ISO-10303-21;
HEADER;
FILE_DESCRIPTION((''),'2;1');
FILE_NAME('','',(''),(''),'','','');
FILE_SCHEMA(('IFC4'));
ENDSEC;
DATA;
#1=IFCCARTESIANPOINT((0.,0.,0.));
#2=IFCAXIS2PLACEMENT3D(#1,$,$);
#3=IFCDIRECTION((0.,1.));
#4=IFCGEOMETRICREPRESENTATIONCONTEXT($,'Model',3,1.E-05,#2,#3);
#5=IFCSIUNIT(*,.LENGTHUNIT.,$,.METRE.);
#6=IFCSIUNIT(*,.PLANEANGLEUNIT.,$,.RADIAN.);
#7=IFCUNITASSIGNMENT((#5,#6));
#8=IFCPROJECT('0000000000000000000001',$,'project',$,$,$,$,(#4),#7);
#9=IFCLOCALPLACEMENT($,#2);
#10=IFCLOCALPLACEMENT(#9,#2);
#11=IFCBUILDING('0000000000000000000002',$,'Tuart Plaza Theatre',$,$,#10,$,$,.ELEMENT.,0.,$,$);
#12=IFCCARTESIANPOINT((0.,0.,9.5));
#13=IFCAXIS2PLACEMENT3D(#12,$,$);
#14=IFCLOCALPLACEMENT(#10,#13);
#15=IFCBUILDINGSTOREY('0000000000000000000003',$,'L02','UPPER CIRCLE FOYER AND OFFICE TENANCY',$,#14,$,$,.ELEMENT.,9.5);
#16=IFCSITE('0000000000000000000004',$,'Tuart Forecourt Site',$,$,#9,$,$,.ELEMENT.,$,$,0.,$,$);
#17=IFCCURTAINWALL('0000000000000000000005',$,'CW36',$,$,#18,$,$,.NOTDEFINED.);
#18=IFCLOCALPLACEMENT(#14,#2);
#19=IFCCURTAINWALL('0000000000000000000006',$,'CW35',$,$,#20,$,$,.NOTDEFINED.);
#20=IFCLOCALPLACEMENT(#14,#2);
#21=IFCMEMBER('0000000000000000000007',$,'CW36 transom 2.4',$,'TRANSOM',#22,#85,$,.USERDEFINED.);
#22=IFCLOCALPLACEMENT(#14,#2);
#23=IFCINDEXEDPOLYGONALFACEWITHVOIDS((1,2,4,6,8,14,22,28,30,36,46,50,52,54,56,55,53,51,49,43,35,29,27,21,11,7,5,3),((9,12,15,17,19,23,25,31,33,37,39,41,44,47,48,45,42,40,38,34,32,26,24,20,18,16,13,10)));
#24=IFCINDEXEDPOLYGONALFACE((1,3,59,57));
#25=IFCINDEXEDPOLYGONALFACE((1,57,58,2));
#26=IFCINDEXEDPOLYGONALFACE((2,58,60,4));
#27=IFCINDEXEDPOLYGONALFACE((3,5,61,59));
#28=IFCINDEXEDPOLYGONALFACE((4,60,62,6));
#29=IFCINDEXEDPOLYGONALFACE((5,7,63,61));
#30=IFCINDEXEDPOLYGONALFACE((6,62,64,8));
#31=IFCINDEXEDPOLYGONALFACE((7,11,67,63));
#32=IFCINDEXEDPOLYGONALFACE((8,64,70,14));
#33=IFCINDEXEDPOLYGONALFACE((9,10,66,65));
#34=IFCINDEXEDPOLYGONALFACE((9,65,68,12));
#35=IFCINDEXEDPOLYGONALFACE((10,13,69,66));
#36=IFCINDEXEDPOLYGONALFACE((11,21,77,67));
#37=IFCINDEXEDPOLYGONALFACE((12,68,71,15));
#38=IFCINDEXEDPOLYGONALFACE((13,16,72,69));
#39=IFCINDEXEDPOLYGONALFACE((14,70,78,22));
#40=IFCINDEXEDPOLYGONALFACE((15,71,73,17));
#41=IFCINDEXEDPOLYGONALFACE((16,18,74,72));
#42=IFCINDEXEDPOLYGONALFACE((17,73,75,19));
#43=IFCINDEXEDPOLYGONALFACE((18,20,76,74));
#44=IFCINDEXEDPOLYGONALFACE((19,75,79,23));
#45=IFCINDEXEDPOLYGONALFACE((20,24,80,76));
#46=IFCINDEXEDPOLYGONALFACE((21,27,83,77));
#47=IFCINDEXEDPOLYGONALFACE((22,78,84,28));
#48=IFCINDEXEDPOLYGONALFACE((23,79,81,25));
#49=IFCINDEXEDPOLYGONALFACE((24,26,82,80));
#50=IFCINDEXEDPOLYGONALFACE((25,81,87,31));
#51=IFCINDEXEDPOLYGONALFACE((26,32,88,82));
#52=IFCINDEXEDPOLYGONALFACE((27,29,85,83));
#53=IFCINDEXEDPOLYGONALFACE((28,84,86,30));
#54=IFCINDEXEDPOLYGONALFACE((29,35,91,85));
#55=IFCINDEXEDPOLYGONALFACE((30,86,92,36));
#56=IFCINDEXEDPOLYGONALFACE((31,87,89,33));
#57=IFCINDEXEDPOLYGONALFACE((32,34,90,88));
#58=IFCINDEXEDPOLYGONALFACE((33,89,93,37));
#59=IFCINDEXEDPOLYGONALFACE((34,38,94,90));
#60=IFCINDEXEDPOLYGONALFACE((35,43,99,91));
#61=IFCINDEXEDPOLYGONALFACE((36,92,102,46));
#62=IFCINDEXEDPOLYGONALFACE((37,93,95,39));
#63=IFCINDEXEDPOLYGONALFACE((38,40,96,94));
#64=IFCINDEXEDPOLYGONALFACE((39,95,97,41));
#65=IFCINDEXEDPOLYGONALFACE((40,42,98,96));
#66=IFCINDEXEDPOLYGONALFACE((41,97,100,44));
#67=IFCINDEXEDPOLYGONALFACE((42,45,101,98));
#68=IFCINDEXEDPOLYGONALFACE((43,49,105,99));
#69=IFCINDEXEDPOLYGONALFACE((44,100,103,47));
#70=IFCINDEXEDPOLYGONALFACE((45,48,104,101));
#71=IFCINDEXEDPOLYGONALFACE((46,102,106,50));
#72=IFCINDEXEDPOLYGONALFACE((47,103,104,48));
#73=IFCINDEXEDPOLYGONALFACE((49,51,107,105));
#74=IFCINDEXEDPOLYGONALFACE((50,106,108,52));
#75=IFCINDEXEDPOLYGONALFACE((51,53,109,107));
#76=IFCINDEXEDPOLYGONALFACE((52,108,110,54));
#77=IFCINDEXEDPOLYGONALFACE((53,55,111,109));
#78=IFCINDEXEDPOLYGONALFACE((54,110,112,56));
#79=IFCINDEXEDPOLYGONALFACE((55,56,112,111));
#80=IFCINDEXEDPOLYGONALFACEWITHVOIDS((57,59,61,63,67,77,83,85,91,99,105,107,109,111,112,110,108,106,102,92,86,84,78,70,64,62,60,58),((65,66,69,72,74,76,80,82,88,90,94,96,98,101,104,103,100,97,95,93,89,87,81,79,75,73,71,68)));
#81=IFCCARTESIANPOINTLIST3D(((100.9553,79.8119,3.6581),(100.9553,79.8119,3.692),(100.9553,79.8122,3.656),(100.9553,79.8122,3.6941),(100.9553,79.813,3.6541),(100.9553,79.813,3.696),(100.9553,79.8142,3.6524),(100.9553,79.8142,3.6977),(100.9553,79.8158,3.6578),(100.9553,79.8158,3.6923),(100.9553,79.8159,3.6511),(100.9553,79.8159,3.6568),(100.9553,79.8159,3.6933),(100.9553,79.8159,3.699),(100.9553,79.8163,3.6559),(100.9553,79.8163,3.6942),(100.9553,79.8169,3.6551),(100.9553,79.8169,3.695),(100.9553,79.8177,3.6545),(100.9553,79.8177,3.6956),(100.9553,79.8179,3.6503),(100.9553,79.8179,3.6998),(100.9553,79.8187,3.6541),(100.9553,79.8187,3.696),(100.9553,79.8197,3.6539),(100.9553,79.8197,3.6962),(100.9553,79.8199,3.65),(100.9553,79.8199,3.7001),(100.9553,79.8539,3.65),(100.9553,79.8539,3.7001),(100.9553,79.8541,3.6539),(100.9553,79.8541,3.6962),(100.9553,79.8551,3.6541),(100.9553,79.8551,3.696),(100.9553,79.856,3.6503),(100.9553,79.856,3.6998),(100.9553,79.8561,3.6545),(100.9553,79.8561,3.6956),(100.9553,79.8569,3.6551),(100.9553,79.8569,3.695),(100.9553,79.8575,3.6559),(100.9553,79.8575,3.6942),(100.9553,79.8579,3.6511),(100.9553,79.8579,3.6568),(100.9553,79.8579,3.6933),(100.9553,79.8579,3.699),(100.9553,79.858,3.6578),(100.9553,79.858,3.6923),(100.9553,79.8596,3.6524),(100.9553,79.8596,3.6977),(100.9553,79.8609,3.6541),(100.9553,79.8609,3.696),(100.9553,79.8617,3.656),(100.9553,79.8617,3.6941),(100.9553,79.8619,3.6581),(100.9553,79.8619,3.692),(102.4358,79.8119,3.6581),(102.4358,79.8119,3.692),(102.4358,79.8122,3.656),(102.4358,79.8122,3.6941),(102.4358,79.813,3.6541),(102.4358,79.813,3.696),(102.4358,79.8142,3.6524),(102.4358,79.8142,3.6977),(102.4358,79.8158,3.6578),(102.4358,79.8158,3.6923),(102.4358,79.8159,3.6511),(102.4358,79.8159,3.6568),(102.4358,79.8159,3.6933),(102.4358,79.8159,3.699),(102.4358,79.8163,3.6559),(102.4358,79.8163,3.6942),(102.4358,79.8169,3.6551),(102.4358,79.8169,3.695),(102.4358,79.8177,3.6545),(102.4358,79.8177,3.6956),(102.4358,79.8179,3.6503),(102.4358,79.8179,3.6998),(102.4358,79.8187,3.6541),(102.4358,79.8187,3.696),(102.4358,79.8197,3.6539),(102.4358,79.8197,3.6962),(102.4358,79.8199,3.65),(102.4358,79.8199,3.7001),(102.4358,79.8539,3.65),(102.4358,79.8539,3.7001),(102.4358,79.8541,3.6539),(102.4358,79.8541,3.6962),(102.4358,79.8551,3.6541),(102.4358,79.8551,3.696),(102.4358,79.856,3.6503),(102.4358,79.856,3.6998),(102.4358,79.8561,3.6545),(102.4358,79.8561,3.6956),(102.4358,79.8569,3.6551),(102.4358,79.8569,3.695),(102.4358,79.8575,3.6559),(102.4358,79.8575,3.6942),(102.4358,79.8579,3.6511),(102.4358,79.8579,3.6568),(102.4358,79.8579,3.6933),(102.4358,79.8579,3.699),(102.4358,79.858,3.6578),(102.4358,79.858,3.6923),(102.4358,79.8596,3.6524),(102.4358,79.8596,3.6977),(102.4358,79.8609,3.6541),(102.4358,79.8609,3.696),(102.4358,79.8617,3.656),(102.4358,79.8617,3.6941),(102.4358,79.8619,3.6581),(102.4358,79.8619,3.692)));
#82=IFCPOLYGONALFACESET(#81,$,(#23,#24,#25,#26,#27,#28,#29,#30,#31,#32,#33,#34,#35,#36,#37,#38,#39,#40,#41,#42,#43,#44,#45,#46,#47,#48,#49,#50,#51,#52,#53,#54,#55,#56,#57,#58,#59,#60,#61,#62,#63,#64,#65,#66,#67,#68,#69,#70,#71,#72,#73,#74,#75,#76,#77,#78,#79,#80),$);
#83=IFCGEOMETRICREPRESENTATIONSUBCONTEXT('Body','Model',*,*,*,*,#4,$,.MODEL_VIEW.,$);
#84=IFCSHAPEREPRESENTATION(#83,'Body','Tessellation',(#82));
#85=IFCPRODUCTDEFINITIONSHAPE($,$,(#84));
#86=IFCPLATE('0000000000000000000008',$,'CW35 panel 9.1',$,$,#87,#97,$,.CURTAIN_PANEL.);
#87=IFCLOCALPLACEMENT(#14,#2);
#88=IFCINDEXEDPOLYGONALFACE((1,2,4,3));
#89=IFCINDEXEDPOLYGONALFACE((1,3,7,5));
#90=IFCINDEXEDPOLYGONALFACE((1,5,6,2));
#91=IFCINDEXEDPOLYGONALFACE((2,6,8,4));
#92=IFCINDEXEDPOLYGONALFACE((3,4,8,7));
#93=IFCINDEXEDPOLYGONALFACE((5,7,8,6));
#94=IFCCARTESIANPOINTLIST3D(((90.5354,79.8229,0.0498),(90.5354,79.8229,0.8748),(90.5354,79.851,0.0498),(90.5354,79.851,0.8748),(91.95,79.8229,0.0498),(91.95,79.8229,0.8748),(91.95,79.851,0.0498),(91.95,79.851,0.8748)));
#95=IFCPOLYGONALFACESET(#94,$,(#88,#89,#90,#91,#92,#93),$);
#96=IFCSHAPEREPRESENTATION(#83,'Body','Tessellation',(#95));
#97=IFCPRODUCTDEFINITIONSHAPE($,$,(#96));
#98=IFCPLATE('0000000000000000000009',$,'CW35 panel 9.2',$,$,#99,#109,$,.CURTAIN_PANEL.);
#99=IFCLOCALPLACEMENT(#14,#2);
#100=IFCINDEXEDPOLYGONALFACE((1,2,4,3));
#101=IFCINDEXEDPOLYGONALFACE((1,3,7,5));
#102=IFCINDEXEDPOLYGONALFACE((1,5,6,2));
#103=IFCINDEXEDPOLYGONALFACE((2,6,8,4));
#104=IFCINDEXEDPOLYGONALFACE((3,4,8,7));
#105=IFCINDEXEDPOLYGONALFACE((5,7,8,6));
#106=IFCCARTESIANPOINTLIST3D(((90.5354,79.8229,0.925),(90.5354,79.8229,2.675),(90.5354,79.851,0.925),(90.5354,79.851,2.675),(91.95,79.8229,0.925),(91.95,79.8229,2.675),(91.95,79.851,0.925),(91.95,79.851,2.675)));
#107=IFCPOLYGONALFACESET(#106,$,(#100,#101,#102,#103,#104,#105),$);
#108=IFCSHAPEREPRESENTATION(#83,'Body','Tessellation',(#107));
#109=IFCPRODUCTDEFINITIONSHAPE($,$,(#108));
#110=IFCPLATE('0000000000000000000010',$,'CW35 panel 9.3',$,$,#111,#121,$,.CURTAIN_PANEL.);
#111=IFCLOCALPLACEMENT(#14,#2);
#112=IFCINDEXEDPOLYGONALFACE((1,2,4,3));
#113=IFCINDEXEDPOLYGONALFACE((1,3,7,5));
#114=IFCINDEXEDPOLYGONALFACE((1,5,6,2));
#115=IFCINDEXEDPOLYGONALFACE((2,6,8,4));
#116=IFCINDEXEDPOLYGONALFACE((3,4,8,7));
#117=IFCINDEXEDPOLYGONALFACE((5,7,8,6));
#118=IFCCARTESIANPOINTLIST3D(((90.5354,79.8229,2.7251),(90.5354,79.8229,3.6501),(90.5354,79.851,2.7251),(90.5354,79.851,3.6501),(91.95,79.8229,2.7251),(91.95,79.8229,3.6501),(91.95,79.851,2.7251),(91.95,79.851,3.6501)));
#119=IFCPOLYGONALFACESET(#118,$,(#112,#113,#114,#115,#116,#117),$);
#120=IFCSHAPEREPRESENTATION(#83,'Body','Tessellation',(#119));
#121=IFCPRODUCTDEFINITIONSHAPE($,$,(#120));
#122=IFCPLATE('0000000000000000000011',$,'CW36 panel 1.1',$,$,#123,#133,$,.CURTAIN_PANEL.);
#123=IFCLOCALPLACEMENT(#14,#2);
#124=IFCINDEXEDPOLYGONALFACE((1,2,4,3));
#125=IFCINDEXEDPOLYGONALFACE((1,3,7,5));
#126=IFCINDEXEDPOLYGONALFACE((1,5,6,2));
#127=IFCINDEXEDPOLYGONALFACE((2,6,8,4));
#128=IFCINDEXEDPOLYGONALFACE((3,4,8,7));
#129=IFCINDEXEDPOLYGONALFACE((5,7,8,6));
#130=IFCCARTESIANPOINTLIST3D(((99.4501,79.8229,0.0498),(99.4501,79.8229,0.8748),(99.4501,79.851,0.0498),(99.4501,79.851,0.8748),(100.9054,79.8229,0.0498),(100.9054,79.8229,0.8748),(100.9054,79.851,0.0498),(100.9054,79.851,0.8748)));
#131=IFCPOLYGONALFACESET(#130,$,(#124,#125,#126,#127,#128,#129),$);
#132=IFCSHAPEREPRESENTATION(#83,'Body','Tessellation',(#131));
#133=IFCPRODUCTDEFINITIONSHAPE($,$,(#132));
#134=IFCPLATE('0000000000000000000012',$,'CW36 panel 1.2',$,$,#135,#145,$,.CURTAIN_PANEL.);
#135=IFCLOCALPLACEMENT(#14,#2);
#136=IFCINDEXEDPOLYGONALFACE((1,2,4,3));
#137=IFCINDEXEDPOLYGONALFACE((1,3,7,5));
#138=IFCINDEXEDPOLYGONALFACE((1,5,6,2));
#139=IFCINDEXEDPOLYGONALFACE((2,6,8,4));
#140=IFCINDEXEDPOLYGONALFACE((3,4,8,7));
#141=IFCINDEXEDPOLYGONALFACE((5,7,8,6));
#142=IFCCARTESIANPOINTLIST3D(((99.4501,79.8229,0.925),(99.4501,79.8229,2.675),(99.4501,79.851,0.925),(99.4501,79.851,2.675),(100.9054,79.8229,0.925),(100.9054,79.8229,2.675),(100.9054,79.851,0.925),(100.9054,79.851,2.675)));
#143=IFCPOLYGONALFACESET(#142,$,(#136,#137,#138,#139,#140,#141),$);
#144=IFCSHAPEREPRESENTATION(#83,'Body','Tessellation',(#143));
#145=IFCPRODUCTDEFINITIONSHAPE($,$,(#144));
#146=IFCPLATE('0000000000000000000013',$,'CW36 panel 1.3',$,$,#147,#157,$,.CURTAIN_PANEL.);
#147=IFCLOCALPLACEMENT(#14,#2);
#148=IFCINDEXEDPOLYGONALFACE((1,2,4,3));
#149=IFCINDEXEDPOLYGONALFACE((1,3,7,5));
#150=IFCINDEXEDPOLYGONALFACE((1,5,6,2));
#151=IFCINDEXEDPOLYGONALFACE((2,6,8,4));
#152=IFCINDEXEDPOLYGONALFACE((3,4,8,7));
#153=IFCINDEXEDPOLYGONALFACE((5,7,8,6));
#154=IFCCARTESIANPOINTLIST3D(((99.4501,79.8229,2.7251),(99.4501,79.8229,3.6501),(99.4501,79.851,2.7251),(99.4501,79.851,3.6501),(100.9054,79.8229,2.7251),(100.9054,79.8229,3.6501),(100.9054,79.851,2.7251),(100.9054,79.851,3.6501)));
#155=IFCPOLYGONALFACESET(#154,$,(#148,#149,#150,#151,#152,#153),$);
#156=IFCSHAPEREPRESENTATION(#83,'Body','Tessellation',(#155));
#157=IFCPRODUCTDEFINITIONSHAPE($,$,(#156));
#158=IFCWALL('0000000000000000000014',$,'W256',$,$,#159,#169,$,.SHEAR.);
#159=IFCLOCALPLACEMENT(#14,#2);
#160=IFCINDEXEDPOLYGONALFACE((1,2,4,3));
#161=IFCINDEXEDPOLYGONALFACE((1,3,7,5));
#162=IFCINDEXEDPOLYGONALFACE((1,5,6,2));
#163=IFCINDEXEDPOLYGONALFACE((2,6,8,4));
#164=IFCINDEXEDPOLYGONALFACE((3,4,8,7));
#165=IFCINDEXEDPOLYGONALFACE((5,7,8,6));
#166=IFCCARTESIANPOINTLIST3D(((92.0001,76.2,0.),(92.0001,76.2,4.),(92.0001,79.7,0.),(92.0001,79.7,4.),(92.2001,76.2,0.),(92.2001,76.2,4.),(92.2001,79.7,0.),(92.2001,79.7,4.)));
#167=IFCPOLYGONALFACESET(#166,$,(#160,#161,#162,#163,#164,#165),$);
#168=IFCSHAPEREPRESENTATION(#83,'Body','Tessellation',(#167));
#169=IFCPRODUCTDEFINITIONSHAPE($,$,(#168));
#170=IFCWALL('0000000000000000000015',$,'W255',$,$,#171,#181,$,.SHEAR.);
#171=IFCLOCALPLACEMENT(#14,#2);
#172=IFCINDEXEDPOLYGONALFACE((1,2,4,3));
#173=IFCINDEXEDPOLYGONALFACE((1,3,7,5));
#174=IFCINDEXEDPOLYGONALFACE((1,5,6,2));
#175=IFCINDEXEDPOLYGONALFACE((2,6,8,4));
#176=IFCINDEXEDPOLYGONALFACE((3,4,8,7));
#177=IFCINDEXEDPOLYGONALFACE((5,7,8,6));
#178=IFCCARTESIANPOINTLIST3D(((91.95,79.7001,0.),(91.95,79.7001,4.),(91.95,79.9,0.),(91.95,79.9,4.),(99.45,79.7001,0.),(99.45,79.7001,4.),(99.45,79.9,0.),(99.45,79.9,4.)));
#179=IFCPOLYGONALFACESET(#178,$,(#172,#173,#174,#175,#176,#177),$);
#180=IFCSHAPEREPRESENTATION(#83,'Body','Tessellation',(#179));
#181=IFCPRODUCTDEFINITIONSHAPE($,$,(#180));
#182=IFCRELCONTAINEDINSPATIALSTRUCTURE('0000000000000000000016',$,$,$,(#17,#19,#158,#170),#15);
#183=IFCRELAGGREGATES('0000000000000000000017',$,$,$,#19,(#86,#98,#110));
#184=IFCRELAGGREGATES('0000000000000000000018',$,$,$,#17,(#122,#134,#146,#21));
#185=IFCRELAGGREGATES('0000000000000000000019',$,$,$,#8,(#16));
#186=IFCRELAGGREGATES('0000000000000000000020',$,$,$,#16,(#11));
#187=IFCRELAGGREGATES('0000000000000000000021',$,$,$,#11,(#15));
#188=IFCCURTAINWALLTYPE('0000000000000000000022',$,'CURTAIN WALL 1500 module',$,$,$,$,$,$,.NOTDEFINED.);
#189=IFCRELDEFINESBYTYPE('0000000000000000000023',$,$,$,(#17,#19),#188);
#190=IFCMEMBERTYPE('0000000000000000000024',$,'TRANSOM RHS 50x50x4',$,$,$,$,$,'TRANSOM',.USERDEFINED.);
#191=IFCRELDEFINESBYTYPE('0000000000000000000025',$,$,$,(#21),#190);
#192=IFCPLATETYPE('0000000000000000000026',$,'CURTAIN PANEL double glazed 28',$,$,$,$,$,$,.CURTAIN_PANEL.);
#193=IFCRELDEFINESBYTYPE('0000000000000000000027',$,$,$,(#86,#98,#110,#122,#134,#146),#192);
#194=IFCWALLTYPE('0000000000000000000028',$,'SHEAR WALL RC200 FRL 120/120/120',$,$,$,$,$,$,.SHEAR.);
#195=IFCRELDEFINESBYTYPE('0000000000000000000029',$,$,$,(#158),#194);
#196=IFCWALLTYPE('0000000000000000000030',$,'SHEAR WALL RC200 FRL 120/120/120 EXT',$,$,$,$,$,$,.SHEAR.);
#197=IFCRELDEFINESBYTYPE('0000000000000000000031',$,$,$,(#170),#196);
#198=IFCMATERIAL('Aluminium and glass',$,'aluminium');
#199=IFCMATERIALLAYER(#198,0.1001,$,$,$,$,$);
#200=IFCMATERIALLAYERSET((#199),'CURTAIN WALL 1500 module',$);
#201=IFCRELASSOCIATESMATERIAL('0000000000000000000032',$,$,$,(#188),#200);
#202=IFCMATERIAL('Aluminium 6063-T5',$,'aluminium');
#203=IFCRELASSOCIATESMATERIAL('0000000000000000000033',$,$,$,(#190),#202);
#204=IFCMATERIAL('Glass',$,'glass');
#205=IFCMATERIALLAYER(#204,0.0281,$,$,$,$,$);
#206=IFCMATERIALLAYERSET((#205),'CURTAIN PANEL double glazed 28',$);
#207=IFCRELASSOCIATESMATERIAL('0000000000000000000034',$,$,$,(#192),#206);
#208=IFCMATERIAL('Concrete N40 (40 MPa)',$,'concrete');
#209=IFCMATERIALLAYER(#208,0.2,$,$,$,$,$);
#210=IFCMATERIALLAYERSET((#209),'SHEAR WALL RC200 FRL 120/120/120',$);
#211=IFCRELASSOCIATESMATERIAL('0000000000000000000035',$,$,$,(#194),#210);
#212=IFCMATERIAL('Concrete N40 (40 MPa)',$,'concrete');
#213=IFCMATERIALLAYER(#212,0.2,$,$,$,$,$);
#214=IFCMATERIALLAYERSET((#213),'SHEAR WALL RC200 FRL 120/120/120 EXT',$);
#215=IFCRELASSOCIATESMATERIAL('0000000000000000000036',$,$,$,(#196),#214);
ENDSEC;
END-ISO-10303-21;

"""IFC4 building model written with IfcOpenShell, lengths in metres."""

from ifc_helpers import new_model, si_unit, direction, frame, frame_2d, origin, origin_2d, place, context, subcontext, project, spatial, rectangle, hollow_rectangle, extrude, material, layer, layer_set, material_profile, profile_set, type_object, element, aggregate, save


model = new_model("IFC4")

# Units and contexts
model_context = context("Model", 3, precision=1e-05, world=origin(), true_north=direction((0.0, 1.0)))
body_context = subcontext(model_context, "Body", "Model", "MODEL_VIEW")
ifc_project = project(units=[si_unit("LENGTHUNIT", "METRE"), si_unit("PLANEANGLEUNIT", "RADIAN")], contexts=[model_context])

# Site, building, storey
site_placement = place(None, origin())
site = spatial("IfcSite", under=ifc_project, at=site_placement, Name="Tuart Forecourt Site", CompositionType="ELEMENT", RefElevation=0.0)
building_placement = place(site_placement, origin())
building = spatial("IfcBuilding", under=site, at=building_placement, Name="Tuart Plaza Theatre", CompositionType="ELEMENT", ElevationOfRefHeight=0.0)
storey_placement = place(building_placement, frame((0.0, 0.0, 9.5)))
storey = spatial("IfcBuildingStorey", under=building, at=storey_placement, Name="L02", Description="UPPER CIRCLE FOYER AND OFFICE TENANCY", CompositionType="ELEMENT", Elevation=9.5)

# Curtain wall
ifc_material_1 = material(Name="Aluminium and glass", Category="aluminium")
ifc_layer_1 = layer(ifc_material_1, 0.1001)
ifc_layer_set_1 = layer_set([ifc_layer_1], Name="CURTAIN WALL 1500 module")
curtain_wall_type = type_object("IfcCurtainWallType", Name="CURTAIN WALL 1500 module", PredefinedType="NOTDEFINED", material=ifc_layer_set_1)
curtain_wall_1_placement = place(storey_placement, origin())
curtain_wall_1 = element("IfcCurtainWall", 1, at=curtain_wall_1_placement, inside=storey, type_object=curtain_wall_type, Name="CW36", PredefinedType="NOTDEFINED")

# Curtain wall
curtain_wall_2_placement = place(storey_placement, origin())
curtain_wall_2 = element("IfcCurtainWall", 2, at=curtain_wall_2_placement, inside=storey, type_object=curtain_wall_type, Name="CW35", PredefinedType="NOTDEFINED")
ifc_material_2 = material(Name="Aluminium 6063-T5", Category="aluminium")
ifc_material_profile_1 = material_profile(ifc_material_2, hollow_rectangle(XDim=0.05, YDim=0.05, WallThickness=0.0039, InnerFilletRadius=0.0039, OuterFilletRadius=0.0081, at=origin_2d()), Name="RHS 50x50x4")
ifc_profile_set_1 = profile_set([ifc_material_profile_1], Name="Aluminium 6063-T5")
member_type_1 = type_object("IfcMemberType", Name="TRANSOM RHS 50x50x4", ElementType="TRANSOM", PredefinedType="USERDEFINED", material=ifc_profile_set_1)

# Member
member_1_placement = place(storey_placement, frame((100.9553, 79.8369, 3.675), z_axis=(1.0, 0.0, 0.0), x_axis=(0.0, 1.0, 0.0)))
member_1 = element("IfcMember", 3, at=member_1_placement, type_object=member_type_1, Name="CW36 transom 2.4", ObjectType="TRANSOM", PredefinedType="USERDEFINED", context=body_context, shape_type="SweptSolid", body=[
    extrude(hollow_rectangle(XDim=0.05, YDim=0.05, WallThickness=0.0039, InnerFilletRadius=0.0039, OuterFilletRadius=0.0081, at=origin_2d()), origin(), (0.0, 0.0, 1.0), 1.4805),
])

# Plates
ifc_material_3 = material(Name="Glass", Category="glass")
ifc_layer_2 = layer(ifc_material_3, 0.0281)
ifc_layer_set_2 = layer_set([ifc_layer_2], Name="CURTAIN PANEL double glazed 28")
plate_type = type_object("IfcPlateType", Name="CURTAIN PANEL double glazed 28", PredefinedType="CURTAIN_PANEL", material=ifc_layer_set_2)
plate_1_placement = place(storey_placement, frame((91.2427, 79.8369, 0.0498), z_axis=(0.0, 0.0, 1.0), x_axis=(1.0, 0.0, 0.0)))
plate_1 = element("IfcPlate", 4, at=plate_1_placement, type_object=plate_type, Name="CW35 panel 9.1", PredefinedType="CURTAIN_PANEL", context=body_context, shape_type="SweptSolid", body=[
    extrude(rectangle(XDim=1.4146, YDim=0.0281, at=origin_2d()), origin(), (0.0, 0.0, 1.0), 0.825),
])
plate_2_placement = place(storey_placement, frame((91.2427, 79.8369, 0.925), z_axis=(0.0, 0.0, 1.0), x_axis=(1.0, 0.0, 0.0)))
plate_2 = element("IfcPlate", 5, at=plate_2_placement, type_object=plate_type, Name="CW35 panel 9.2", PredefinedType="CURTAIN_PANEL", context=body_context, shape_type="SweptSolid", body=[
    extrude(rectangle(XDim=1.4146, YDim=0.0281, at=origin_2d()), origin(), (0.0, 0.0, 1.0), 1.75),
])
plate_3_placement = place(storey_placement, frame((91.2427, 79.8369, 2.7251), z_axis=(0.0, 0.0, 1.0), x_axis=(1.0, 0.0, 0.0)))
plate_3 = element("IfcPlate", 6, at=plate_3_placement, type_object=plate_type, Name="CW35 panel 9.3", PredefinedType="CURTAIN_PANEL", context=body_context, shape_type="SweptSolid", body=[
    extrude(rectangle(XDim=1.4146, YDim=0.0281, at=origin_2d()), origin(), (0.0, 0.0, 1.0), 0.925),
])
aggregate(curtain_wall_2, [plate_1, plate_2, plate_3])
plate_4_placement = place(storey_placement, frame((100.1777, 79.8369, 0.0498), z_axis=(0.0, 0.0, 1.0), x_axis=(1.0, 0.0, 0.0)))
plate_4 = element("IfcPlate", 7, at=plate_4_placement, type_object=plate_type, Name="CW36 panel 1.1", PredefinedType="CURTAIN_PANEL", context=body_context, shape_type="SweptSolid", body=[
    extrude(rectangle(XDim=1.4553, YDim=0.0281, at=origin_2d()), origin(), (0.0, 0.0, 1.0), 0.825),
])
plate_5_placement = place(storey_placement, frame((100.1777, 79.8369, 0.925), z_axis=(0.0, 0.0, 1.0), x_axis=(1.0, 0.0, 0.0)))
plate_5 = element("IfcPlate", 8, at=plate_5_placement, type_object=plate_type, Name="CW36 panel 1.2", PredefinedType="CURTAIN_PANEL", context=body_context, shape_type="SweptSolid", body=[
    extrude(rectangle(XDim=1.4553, YDim=0.0281, at=origin_2d()), origin(), (0.0, 0.0, 1.0), 1.75),
])
plate_6_placement = place(storey_placement, frame((100.1777, 79.8369, 2.7251), z_axis=(0.0, 0.0, 1.0), x_axis=(1.0, 0.0, 0.0)))
plate_6 = element("IfcPlate", 9, at=plate_6_placement, type_object=plate_type, Name="CW36 panel 1.3", PredefinedType="CURTAIN_PANEL", context=body_context, shape_type="SweptSolid", body=[
    extrude(rectangle(XDim=1.4553, YDim=0.0281, at=origin_2d()), origin(), (0.0, 0.0, 1.0), 0.925),
])
aggregate(curtain_wall_1, [plate_4, plate_5, plate_6, member_1])

# Walls
ifc_material_4 = material(Name="Concrete N40 (40 MPa)", Category="concrete")
ifc_layer_3 = layer(ifc_material_4, 0.2)
ifc_layer_set_3 = layer_set([ifc_layer_3], Name="SHEAR WALL RC200 FRL 120/120/120")
wall_type_1 = type_object("IfcWallType", Name="SHEAR WALL RC200 FRL 120/120/120", PredefinedType="SHEAR", material=ifc_layer_set_3)
wall_1_placement = place(storey_placement, frame((92.1001, 79.7, 0.0), z_axis=(0.0, 0.0, 1.0), x_axis=(0.0, -1.0, 0.0)))
element("IfcWall", 10, at=wall_1_placement, inside=storey, type_object=wall_type_1, Name="W256", PredefinedType="SHEAR", context=body_context, shape_type="SweptSolid", body=[
    extrude(rectangle(XDim=3.5, YDim=0.2, at=frame_2d((1.75, 0.0))), origin(), (0.0, 0.0, 1.0), 4.0),
])
ifc_material_5 = material(Name="Concrete N40 (40 MPa)", Category="concrete")
ifc_layer_4 = layer(ifc_material_5, 0.2)
ifc_layer_set_4 = layer_set([ifc_layer_4], Name="SHEAR WALL RC200 FRL 120/120/120 EXT")
wall_type_2 = type_object("IfcWallType", Name="SHEAR WALL RC200 FRL 120/120/120 EXT", PredefinedType="SHEAR", material=ifc_layer_set_4)
wall_2_placement = place(storey_placement, frame((99.45, 79.8, 0.0), z_axis=(0.0, 0.0, 1.0), x_axis=(-1.0, 0.0, 0.0)))
element("IfcWall", 11, at=wall_2_placement, inside=storey, type_object=wall_type_2, Name="W255", PredefinedType="SHEAR", context=body_context, shape_type="SweptSolid", body=[
    extrude(rectangle(XDim=7.5, YDim=0.2, at=frame_2d((3.75, 0.0))), origin(), (0.0, 0.0, 1.0), 4.0),
])

save(model, "model.ifc")
